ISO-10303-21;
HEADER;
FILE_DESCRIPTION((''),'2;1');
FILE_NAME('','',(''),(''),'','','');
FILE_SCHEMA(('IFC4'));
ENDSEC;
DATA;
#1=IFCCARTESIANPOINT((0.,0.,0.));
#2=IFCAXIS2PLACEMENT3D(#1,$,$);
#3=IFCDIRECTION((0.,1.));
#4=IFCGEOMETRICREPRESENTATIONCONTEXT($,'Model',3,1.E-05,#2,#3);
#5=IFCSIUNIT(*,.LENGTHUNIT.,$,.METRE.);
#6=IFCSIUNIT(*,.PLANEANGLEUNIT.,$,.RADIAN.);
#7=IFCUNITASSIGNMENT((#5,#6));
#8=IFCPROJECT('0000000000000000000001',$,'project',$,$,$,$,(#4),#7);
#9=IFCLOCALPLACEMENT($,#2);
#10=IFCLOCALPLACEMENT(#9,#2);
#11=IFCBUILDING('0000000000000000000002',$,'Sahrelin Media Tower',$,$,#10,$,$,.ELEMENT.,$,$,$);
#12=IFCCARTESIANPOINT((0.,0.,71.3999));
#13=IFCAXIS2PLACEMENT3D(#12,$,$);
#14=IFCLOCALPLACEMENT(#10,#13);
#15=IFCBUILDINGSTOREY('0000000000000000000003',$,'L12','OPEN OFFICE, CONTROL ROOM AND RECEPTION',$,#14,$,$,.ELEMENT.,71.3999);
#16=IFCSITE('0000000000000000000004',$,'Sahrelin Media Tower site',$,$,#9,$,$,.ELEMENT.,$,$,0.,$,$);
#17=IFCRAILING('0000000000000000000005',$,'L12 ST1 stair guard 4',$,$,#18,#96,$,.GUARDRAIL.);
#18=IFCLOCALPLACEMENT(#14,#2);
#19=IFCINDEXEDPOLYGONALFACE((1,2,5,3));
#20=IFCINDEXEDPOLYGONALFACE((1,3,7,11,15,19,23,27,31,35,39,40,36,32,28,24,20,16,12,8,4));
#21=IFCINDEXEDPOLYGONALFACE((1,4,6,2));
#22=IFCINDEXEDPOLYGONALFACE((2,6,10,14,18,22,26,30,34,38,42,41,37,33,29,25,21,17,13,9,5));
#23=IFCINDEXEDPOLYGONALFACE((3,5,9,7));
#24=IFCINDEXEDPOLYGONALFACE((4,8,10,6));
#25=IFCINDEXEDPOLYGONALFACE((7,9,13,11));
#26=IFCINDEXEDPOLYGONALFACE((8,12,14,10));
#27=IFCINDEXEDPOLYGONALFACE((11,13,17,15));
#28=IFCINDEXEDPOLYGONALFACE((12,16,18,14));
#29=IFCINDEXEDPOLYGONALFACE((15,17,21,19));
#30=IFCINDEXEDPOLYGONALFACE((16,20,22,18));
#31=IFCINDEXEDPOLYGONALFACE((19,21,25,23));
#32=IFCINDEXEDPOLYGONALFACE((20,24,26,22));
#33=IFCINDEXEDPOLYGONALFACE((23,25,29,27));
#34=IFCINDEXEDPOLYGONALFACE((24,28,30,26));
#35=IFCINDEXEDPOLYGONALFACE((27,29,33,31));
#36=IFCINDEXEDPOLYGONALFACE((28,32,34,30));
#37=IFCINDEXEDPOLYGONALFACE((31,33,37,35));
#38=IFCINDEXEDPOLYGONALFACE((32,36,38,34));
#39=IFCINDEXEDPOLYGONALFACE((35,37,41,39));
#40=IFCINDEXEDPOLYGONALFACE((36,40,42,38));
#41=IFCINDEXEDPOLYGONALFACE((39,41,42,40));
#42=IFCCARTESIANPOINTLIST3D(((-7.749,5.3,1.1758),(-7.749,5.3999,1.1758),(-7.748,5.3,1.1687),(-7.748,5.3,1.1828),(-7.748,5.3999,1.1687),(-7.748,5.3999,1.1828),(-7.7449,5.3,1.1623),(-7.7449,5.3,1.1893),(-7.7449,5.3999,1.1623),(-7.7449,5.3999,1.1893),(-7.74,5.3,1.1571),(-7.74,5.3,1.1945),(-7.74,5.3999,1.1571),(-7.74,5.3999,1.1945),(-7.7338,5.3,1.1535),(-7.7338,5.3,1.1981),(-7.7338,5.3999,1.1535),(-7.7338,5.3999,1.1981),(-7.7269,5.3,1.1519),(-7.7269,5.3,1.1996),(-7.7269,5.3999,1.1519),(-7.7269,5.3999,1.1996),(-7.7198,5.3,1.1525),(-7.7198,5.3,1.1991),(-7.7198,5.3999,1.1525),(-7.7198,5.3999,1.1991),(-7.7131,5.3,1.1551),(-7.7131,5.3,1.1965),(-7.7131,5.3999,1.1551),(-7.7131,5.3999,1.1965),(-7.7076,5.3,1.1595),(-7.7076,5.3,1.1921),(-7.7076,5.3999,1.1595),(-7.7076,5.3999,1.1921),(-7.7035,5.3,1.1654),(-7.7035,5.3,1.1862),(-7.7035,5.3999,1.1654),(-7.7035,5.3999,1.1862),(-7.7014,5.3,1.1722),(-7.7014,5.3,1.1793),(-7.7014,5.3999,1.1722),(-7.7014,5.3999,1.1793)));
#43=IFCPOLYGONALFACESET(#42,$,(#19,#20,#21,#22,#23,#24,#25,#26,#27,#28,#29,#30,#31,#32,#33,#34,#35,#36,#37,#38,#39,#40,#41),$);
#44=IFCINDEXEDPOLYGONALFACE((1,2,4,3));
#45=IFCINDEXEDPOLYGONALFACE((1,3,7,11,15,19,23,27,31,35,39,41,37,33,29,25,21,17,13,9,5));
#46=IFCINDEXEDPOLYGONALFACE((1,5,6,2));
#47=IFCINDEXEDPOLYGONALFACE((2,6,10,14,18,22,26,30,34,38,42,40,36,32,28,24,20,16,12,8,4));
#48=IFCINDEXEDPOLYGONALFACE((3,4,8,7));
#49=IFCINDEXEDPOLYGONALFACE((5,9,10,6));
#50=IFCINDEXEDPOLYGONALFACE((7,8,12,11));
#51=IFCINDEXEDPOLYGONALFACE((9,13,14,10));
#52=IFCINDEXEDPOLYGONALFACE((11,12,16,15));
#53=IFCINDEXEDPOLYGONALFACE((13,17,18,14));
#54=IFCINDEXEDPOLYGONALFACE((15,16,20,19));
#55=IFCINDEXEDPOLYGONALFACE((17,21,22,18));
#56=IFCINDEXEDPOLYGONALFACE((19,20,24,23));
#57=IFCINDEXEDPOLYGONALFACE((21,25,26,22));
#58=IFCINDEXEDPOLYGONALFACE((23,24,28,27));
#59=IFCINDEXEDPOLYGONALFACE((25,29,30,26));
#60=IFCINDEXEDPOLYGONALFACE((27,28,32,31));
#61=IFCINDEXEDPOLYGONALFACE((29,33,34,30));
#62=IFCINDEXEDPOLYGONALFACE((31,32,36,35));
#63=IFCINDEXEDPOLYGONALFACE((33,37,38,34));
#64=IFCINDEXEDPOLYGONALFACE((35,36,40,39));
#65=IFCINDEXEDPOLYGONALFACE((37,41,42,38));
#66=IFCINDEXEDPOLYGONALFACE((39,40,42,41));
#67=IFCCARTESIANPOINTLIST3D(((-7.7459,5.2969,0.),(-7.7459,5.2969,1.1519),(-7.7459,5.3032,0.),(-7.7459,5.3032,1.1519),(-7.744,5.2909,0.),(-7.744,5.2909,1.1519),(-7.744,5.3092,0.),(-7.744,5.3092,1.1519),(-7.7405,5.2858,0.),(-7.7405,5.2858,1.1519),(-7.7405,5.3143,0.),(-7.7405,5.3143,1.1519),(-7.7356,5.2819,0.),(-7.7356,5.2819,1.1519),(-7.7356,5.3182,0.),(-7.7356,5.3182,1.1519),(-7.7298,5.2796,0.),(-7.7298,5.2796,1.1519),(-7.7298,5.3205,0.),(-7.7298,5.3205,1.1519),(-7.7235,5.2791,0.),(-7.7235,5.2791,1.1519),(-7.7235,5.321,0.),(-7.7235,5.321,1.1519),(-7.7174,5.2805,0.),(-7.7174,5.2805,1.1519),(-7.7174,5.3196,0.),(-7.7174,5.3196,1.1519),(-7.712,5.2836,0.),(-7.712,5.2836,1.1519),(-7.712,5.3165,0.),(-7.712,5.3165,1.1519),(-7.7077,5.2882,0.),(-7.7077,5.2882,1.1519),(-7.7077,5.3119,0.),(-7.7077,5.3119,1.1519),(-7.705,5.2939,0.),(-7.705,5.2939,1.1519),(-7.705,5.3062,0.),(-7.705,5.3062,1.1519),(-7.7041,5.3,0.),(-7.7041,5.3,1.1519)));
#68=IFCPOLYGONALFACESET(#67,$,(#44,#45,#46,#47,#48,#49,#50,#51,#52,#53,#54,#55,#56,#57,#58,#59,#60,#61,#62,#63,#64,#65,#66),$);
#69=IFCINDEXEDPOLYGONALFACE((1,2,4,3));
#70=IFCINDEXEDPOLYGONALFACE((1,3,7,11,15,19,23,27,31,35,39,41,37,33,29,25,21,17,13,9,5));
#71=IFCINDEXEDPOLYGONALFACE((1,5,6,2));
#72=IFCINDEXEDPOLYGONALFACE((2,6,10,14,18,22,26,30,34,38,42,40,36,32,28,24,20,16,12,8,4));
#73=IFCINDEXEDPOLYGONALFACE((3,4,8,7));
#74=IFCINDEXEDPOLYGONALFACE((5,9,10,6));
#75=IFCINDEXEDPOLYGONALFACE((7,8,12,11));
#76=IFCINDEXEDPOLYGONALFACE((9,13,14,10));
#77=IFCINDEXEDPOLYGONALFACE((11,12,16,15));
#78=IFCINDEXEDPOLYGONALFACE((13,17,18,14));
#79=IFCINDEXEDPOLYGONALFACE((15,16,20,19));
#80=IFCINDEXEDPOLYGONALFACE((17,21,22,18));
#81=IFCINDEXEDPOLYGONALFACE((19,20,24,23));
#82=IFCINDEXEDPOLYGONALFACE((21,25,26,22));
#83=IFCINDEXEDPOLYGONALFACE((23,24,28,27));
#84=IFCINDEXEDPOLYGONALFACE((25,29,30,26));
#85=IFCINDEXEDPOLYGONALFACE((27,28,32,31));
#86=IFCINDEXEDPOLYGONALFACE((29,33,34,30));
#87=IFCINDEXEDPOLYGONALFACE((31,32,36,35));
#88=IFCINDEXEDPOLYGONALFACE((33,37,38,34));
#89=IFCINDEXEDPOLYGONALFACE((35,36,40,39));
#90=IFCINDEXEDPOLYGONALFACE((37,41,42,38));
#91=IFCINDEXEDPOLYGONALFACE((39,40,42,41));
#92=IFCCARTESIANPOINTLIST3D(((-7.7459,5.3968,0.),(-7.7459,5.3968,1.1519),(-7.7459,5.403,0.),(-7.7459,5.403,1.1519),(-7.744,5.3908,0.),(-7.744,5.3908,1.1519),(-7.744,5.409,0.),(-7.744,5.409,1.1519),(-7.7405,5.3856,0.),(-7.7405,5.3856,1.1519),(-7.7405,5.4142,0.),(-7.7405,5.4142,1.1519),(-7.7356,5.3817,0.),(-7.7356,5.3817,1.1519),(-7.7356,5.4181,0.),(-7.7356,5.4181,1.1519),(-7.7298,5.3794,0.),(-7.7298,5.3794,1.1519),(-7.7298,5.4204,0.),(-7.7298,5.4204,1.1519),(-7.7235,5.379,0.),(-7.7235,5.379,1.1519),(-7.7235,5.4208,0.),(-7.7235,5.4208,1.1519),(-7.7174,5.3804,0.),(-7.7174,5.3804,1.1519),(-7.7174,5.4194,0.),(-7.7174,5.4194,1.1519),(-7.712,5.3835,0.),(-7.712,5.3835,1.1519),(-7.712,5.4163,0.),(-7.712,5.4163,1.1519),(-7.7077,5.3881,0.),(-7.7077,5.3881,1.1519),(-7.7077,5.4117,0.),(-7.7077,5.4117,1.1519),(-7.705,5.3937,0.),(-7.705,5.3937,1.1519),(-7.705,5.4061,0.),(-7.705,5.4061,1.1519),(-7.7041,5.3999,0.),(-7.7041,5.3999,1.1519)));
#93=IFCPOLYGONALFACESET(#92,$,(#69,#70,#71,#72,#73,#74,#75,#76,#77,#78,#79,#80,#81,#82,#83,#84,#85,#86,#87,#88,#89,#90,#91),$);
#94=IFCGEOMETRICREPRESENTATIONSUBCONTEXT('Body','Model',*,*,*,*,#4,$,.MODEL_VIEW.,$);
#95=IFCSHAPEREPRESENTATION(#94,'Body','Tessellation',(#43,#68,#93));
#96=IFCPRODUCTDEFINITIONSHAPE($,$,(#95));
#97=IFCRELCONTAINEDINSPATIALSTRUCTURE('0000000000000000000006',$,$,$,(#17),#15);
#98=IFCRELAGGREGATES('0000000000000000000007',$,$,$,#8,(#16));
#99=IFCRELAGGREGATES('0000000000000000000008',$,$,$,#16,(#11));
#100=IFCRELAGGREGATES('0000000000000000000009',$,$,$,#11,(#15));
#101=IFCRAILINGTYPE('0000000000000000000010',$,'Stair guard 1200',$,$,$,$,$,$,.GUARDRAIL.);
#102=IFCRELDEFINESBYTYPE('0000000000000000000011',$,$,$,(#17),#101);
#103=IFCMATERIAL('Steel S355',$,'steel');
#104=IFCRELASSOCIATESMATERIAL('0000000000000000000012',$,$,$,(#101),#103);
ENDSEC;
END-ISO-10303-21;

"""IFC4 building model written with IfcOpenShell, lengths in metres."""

from ifc_helpers import new_model, si_unit, direction, frame, origin, origin_2d, place, context, subcontext, project, spatial, circle, extrude, material, type_object, element, save


model = new_model("IFC4")

# Units and contexts
model_context = context("Model", 3, precision=1e-05, world=origin(), true_north=direction((0.0, 1.0)))
body_context = subcontext(model_context, "Body", "Model", "MODEL_VIEW")
ifc_project = project(units=[si_unit("LENGTHUNIT", "METRE"), si_unit("PLANEANGLEUNIT", "RADIAN")], contexts=[model_context])

# Site, building, storey
site_placement = place(None, origin())
site = spatial("IfcSite", under=ifc_project, at=site_placement, Name="Sahrelin Media Tower site", CompositionType="ELEMENT", RefElevation=0.0)
building_placement = place(site_placement, origin())
building = spatial("IfcBuilding", under=site, at=building_placement, Name="Sahrelin Media Tower", CompositionType="ELEMENT")
storey_placement = place(building_placement, frame((0.0, 0.0, 71.3999)))
storey = spatial("IfcBuildingStorey", under=building, at=storey_placement, Name="L12", Description="OPEN OFFICE, CONTROL ROOM AND RECEPTION", CompositionType="ELEMENT", Elevation=71.3999)

# Shared definitions
ifc_material_1 = material(Name="Steel S355", Category="steel")

# Railing
railing_type_1 = type_object("IfcRailingType", Name="Stair guard 1200", PredefinedType="GUARDRAIL", material=ifc_material_1)
railing_1_placement = place(storey_placement, frame((-7.7251, 5.3, 0.0)))
element("IfcRailing", 1, at=railing_1_placement, inside=storey, type_object=railing_type_1, Name="L12 ST1 stair guard 4", PredefinedType="GUARDRAIL", context=body_context, shape_type="SweptSolid", body=[
    extrude(circle(Radius=0.0239, at=origin_2d()), frame((0.0, 0.0, 1.1758), z_axis=(0.0, 1.0, 0.0), x_axis=(-1.0, 0.0, 0.0)), (0.0, 0.0, 1.0), 0.0999),
    extrude(circle(Radius=0.021, at=origin_2d()), origin(), (0.0, 0.0, 1.0), 1.1519),
    extrude(circle(Radius=0.021, at=origin_2d()), frame((0.0, 0.0999, 0.0)), (0.0, 0.0, 1.0), 1.1519),
])

save(model, "model.ifc")
